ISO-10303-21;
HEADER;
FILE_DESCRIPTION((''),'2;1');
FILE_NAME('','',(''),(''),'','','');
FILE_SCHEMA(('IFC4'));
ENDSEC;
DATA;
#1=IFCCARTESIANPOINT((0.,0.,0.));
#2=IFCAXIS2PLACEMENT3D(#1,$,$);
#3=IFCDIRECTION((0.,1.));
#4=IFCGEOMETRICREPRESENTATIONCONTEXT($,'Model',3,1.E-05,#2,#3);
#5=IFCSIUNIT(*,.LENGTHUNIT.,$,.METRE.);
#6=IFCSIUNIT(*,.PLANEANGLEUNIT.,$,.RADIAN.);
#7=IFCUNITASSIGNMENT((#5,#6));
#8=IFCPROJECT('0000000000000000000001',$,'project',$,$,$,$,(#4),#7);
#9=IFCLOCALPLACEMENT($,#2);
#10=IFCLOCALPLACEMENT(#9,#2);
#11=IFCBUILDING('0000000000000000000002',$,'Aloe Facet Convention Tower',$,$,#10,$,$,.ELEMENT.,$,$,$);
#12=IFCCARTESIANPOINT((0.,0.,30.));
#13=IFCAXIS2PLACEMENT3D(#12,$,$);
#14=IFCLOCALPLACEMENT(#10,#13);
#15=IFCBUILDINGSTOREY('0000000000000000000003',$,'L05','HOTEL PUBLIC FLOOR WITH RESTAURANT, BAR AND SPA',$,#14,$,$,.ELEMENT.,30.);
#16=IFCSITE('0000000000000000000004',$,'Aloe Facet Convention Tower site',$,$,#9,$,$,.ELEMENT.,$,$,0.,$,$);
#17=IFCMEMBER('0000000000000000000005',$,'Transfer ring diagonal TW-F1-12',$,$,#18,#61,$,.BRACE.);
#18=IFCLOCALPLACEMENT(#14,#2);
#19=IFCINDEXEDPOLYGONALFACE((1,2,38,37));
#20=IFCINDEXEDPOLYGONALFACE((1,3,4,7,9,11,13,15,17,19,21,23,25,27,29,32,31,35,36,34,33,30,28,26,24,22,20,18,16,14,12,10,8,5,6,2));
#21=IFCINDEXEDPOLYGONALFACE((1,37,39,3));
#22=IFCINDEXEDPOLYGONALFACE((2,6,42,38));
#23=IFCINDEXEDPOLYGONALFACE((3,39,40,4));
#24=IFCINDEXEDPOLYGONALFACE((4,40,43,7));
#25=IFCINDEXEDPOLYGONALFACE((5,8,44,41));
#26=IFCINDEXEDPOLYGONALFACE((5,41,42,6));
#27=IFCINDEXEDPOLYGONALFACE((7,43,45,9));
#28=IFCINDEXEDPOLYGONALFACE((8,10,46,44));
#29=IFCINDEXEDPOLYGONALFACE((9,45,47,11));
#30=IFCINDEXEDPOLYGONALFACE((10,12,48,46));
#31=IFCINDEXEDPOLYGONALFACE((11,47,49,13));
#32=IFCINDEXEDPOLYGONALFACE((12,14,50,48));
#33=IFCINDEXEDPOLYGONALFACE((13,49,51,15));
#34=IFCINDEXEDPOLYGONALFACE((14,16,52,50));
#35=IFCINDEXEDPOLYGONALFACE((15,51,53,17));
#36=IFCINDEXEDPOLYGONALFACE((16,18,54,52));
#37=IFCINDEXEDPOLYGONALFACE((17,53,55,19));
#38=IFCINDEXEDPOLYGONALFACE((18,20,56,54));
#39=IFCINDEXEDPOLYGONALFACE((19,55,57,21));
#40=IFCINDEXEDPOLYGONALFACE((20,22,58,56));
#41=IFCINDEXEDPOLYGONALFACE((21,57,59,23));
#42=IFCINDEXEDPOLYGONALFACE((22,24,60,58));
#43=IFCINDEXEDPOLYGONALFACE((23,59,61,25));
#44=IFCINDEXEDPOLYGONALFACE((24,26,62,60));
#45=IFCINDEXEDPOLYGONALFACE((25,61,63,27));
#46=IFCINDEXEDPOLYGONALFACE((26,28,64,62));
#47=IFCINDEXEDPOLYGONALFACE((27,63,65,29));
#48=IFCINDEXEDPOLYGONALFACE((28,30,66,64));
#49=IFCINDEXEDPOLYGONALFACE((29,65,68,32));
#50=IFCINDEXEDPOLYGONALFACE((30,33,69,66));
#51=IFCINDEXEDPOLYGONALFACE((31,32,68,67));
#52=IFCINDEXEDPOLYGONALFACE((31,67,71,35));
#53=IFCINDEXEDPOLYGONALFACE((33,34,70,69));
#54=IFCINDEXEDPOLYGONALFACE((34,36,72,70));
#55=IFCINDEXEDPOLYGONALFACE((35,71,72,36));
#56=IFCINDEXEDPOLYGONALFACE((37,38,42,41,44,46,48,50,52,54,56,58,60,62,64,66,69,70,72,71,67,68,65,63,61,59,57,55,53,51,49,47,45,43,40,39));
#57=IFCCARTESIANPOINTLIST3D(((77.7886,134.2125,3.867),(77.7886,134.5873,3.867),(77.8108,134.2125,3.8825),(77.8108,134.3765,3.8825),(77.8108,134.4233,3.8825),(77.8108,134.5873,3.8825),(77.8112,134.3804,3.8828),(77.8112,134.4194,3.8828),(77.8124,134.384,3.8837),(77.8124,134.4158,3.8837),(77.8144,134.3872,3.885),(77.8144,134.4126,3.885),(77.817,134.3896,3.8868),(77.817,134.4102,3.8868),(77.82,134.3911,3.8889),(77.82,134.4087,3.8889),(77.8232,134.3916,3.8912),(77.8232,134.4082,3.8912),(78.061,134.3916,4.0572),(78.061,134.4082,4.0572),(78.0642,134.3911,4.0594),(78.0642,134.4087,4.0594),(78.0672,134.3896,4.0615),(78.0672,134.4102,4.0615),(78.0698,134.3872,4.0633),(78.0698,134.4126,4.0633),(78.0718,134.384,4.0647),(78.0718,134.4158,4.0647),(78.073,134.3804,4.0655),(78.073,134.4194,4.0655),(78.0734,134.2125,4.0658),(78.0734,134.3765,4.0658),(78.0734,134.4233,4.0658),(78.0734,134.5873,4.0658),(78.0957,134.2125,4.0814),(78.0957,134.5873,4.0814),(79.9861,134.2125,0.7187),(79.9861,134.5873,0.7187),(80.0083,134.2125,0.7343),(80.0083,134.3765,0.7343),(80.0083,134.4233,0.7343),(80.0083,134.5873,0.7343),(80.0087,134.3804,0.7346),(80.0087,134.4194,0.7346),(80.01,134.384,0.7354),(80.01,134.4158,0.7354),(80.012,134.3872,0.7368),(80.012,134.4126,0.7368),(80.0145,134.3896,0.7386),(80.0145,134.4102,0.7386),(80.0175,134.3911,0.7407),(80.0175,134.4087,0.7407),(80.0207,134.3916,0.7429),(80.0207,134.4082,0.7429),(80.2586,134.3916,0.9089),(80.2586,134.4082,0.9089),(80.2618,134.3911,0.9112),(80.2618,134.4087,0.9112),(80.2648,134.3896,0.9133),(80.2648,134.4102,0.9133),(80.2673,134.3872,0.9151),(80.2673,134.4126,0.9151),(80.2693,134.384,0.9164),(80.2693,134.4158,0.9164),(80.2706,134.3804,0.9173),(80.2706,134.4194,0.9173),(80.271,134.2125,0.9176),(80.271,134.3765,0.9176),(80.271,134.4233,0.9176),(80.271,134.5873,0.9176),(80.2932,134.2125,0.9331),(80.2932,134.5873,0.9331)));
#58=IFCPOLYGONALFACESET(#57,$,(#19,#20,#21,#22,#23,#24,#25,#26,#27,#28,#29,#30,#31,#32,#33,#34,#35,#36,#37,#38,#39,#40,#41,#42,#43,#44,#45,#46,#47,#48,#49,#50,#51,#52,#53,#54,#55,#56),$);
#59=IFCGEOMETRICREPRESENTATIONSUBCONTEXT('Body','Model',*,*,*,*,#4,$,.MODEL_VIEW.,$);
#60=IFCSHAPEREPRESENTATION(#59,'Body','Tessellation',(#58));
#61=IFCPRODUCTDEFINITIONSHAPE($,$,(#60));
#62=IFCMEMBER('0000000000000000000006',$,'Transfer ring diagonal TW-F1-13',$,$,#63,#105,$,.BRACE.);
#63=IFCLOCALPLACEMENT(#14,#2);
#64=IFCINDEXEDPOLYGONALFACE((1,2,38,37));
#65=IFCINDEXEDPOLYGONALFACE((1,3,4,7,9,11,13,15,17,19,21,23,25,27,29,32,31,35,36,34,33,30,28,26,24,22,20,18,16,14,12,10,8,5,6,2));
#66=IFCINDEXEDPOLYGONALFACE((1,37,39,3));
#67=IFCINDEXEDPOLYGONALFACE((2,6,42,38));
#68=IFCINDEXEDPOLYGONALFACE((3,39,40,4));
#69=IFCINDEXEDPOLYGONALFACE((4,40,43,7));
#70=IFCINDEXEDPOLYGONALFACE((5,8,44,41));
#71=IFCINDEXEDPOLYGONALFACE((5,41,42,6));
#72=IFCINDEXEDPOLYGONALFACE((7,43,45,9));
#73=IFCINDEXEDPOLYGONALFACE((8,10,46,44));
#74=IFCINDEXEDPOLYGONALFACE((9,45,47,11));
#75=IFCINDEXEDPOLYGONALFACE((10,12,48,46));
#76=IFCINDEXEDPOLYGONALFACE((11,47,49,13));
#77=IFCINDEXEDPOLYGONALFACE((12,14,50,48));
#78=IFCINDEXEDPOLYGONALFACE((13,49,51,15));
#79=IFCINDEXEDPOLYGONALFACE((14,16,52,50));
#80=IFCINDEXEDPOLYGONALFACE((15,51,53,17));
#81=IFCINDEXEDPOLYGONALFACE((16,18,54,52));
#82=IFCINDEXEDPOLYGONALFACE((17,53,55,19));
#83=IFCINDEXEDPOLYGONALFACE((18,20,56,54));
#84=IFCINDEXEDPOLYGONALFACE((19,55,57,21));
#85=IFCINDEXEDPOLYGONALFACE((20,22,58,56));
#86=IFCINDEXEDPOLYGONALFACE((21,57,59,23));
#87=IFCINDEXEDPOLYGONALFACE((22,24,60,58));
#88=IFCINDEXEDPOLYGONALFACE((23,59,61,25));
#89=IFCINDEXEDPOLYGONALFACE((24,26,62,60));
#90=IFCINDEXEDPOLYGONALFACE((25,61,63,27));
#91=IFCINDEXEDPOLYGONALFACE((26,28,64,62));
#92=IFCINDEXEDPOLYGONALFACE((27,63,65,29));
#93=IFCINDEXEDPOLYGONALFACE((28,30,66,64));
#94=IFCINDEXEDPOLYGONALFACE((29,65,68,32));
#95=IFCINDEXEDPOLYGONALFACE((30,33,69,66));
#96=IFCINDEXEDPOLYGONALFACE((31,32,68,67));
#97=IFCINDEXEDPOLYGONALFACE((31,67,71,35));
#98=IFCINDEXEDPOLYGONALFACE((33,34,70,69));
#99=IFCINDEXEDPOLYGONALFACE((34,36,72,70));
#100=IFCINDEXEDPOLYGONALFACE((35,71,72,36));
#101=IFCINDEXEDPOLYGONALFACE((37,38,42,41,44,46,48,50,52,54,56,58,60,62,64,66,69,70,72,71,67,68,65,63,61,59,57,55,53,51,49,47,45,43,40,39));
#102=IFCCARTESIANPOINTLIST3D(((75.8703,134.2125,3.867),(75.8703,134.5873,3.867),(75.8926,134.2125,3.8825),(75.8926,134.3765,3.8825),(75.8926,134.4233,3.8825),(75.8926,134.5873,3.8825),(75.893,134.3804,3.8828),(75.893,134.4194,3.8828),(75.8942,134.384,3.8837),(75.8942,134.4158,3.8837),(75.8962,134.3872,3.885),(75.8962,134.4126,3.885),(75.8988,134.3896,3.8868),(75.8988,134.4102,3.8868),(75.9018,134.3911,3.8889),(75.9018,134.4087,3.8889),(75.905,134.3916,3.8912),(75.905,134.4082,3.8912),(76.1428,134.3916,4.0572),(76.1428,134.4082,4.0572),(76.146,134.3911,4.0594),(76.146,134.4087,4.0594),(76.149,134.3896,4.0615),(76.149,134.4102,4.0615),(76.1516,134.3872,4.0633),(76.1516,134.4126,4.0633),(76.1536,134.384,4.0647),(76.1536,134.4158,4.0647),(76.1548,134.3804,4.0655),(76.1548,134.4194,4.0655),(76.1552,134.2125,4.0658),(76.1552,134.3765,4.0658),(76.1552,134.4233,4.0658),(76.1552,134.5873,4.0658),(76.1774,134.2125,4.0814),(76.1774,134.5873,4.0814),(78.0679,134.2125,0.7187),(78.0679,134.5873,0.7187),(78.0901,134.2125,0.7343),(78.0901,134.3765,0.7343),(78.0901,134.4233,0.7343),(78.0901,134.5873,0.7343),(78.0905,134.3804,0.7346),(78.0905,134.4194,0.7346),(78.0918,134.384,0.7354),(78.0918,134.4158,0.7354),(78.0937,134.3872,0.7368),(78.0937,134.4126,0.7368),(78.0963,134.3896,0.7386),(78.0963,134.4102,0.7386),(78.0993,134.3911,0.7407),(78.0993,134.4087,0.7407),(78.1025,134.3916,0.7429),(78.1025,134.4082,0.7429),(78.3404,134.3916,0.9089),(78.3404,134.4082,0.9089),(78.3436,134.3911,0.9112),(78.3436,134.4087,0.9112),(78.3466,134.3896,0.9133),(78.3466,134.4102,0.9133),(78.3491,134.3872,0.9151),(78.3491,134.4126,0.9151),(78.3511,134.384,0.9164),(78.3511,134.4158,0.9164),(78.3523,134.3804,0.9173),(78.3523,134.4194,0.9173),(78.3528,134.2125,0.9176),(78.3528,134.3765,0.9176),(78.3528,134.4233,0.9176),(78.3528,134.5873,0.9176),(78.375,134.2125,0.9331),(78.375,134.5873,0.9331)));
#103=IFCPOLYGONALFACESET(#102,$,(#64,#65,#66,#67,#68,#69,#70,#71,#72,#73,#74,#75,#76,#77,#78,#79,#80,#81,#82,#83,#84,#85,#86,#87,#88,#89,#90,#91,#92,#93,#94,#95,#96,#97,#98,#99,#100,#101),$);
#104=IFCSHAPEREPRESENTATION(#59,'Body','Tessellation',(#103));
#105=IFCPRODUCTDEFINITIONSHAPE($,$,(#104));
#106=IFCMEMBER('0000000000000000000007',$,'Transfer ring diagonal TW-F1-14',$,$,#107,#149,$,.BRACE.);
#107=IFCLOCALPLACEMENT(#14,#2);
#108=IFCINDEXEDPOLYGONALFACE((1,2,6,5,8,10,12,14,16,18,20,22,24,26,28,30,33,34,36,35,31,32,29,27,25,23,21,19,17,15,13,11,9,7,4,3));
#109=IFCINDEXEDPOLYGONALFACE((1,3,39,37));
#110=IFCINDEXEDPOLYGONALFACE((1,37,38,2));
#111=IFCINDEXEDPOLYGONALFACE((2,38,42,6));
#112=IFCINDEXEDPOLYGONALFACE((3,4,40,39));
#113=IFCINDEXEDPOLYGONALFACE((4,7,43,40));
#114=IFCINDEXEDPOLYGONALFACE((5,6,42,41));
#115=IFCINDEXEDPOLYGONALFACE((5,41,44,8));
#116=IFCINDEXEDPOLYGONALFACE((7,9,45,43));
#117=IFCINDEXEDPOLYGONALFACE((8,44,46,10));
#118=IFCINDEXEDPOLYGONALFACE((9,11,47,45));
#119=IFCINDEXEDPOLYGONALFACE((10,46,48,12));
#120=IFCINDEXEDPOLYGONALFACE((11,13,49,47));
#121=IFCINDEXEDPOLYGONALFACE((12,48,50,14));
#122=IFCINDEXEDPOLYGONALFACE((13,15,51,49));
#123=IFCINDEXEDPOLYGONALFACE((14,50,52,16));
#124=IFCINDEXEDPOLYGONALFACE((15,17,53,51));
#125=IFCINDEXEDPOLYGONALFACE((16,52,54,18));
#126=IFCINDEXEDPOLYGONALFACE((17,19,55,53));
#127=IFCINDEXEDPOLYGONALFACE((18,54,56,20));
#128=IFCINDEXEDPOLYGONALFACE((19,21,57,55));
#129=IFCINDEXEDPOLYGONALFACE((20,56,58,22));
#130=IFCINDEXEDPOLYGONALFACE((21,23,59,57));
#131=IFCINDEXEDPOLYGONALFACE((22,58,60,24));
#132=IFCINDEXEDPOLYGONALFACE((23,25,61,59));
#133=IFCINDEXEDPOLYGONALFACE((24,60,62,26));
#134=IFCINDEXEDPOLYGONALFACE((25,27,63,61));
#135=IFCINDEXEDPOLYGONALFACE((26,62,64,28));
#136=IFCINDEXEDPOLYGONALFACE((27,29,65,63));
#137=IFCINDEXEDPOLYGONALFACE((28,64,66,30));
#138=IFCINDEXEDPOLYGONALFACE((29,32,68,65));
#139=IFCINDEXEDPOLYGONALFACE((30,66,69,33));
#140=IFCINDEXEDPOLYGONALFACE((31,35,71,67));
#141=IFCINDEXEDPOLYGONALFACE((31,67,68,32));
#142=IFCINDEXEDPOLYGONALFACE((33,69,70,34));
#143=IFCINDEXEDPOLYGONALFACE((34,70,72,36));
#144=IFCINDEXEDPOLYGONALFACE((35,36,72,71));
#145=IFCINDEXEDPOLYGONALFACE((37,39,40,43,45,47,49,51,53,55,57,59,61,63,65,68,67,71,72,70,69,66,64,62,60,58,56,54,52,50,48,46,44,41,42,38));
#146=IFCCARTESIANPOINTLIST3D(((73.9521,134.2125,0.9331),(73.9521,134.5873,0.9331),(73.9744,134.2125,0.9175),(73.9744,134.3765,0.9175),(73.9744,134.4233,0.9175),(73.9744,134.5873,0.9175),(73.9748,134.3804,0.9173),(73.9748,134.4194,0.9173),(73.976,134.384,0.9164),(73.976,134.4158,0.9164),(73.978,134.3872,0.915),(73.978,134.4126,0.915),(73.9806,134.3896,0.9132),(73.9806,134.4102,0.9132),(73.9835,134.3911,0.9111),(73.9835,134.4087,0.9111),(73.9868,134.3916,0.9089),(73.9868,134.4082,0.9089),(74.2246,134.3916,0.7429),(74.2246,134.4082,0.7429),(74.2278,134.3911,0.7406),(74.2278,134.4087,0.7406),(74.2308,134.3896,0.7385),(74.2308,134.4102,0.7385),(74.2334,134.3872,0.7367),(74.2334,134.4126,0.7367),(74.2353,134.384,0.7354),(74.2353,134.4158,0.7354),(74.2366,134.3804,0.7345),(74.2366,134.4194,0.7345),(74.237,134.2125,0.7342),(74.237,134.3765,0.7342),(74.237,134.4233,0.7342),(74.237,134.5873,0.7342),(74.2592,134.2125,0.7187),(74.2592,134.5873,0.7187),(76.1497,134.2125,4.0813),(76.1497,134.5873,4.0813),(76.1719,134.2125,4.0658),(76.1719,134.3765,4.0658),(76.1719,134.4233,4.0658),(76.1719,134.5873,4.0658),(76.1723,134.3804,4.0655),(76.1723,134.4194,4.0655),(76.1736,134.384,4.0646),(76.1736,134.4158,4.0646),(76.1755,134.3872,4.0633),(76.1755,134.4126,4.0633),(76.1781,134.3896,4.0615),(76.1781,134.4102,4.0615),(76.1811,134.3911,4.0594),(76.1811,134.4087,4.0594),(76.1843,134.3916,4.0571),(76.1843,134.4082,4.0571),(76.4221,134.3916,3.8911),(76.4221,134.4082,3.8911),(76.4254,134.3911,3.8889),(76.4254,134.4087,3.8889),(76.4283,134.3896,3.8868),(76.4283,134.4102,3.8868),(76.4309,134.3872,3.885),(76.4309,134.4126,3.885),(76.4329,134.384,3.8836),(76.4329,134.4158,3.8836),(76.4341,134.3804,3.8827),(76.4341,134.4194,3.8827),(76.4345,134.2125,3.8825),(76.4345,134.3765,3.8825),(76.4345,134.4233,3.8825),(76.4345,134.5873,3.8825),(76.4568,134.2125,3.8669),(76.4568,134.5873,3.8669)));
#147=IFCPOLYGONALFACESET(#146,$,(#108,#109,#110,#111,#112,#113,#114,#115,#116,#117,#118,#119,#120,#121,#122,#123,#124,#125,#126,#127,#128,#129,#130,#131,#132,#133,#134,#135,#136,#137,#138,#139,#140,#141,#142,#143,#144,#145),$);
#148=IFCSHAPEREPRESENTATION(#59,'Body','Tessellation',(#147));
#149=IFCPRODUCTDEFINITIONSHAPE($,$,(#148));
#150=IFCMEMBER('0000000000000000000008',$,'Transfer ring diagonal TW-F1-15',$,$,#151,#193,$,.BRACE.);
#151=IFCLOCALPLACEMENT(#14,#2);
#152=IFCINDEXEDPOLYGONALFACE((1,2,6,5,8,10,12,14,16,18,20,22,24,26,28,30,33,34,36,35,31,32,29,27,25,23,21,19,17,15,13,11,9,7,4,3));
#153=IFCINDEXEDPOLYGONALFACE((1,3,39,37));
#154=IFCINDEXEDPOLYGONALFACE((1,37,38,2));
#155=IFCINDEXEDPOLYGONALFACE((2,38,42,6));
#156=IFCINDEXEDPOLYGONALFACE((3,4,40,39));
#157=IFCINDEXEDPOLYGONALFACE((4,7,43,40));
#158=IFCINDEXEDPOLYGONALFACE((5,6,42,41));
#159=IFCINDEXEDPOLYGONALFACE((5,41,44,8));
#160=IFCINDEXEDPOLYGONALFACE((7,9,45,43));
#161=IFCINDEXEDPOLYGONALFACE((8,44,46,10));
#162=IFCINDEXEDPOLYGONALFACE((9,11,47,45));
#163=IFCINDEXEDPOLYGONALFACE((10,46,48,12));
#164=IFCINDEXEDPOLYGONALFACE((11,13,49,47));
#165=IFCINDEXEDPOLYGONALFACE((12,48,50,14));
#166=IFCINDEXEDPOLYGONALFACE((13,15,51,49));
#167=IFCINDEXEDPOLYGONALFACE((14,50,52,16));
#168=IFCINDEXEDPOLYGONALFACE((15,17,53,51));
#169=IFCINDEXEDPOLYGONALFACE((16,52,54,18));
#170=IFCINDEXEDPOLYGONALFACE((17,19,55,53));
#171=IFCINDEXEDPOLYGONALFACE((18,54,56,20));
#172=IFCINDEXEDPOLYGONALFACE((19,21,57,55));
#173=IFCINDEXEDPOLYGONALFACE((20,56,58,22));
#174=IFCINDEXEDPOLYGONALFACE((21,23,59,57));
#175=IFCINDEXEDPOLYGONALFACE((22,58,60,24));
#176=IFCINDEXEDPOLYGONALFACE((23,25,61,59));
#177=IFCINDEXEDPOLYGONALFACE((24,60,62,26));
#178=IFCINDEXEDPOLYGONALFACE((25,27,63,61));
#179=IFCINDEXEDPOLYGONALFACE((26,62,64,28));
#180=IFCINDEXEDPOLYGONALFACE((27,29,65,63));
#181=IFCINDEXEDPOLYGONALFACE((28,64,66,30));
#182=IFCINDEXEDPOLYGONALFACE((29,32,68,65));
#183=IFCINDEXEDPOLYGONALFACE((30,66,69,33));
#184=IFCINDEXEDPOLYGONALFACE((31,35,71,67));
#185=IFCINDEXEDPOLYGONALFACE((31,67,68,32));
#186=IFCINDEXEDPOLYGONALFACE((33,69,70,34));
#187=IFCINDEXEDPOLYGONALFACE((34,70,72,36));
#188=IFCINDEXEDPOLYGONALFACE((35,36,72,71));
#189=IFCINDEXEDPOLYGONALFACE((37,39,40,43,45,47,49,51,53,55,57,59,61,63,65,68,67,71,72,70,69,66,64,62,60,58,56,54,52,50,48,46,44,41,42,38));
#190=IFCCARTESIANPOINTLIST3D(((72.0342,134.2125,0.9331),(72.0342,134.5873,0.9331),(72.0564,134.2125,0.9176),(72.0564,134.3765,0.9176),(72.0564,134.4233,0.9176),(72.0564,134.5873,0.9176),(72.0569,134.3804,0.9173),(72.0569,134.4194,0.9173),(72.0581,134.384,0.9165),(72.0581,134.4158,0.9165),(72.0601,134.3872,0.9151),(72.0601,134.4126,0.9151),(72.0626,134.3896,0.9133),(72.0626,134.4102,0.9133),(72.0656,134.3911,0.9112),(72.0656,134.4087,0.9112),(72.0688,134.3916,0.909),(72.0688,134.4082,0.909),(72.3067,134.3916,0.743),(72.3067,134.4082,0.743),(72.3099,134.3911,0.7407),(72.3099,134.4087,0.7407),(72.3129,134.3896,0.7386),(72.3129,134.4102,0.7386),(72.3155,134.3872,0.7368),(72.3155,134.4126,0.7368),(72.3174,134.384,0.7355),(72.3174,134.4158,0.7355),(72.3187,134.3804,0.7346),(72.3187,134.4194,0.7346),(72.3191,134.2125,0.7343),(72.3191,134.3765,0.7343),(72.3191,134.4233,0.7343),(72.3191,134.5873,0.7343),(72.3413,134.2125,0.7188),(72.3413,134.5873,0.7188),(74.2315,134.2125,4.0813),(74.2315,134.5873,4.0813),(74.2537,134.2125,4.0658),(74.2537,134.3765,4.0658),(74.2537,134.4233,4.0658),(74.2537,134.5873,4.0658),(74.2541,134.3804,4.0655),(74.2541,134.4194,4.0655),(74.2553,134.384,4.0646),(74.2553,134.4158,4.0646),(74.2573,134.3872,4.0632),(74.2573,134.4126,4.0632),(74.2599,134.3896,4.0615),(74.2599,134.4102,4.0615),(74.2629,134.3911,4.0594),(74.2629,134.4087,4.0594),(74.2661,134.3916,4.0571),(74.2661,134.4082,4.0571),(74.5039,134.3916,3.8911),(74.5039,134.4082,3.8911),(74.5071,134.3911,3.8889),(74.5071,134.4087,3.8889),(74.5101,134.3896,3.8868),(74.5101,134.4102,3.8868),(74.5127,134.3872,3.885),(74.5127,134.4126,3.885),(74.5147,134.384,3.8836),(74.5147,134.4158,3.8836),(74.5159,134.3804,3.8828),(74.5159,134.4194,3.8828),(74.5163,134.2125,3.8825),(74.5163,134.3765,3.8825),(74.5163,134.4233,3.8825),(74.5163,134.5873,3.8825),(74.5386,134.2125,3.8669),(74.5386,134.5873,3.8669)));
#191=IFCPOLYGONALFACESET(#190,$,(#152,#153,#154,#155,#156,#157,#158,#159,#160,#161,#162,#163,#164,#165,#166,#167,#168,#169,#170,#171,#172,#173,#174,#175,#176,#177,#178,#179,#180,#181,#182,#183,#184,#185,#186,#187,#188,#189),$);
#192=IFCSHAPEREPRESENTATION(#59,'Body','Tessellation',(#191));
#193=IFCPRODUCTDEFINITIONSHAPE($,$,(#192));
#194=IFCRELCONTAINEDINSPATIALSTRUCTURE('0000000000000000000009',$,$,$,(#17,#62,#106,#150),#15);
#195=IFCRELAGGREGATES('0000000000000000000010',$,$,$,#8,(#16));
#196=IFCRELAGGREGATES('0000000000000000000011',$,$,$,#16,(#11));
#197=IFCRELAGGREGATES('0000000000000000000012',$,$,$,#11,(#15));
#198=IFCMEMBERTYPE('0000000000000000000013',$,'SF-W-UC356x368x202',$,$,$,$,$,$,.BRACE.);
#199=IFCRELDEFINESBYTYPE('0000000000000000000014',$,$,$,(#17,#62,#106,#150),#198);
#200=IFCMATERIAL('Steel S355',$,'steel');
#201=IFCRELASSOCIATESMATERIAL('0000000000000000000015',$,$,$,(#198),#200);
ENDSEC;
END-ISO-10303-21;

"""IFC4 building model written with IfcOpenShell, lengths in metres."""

from ifc_helpers import new_model, si_unit, direction, frame, origin, origin_2d, place, context, subcontext, project, spatial, i_section, extrude, material, material_profile, profile_set, type_object, element, save


model = new_model("IFC4")

# Units and contexts
model_context = context("Model", 3, precision=1e-05, world=origin(), true_north=direction((0.0, 1.0)))
body_context = subcontext(model_context, "Body", "Model", "MODEL_VIEW")
ifc_project = project(units=[si_unit("LENGTHUNIT", "METRE"), si_unit("PLANEANGLEUNIT", "RADIAN")], contexts=[model_context])

# Site, building, storey
site_placement = place(None, origin())
site = spatial("IfcSite", under=ifc_project, at=site_placement, Name="Aloe Facet Convention Tower site", CompositionType="ELEMENT", RefElevation=0.0)
building_placement = place(site_placement, origin())
building = spatial("IfcBuilding", under=site, at=building_placement, Name="Aloe Facet Convention Tower", CompositionType="ELEMENT")
storey_placement = place(building_placement, frame((0.0, 0.0, 30.0)))
storey = spatial("IfcBuildingStorey", under=building, at=storey_placement, Name="L05", Description="HOTEL PUBLIC FLOOR WITH RESTAURANT, BAR AND SPA", CompositionType="ELEMENT", Elevation=30.0)

# Members
ifc_material_1 = material(Name="Steel S355", Category="steel")
ifc_material_profile = material_profile(ifc_material_1, i_section(OverallWidth=0.3748, OverallDepth=0.3745, WebThickness=0.0166, FlangeThickness=0.0271, FilletRadius=0.0151, at=origin_2d()), Name="UC 356x368x202")
ifc_profile_set = profile_set([ifc_material_profile], Name="Steel S355")
member_type = type_object("IfcMemberType", Name="SF-W-UC356x368x202", PredefinedType="BRACE", material=ifc_profile_set)
for number, where, z_axis, x_axis, name in (
    (1, (80.1396, 134.3999, 0.8259), (-0.572374, 0.0, 0.819993), (0.0, -1.0, 0.0), "Transfer ring diagonal TW-F1-12"),
    (2, (78.2214, 134.3999, 0.8259), (-0.572374, 0.0, 0.819993), (0.0, -1.0, 0.0), "Transfer ring diagonal TW-F1-13"),
    (3, (76.3032, 134.3999, 3.9741), (-0.572374, 0.0, -0.819993), (0.0, -1.0, 0.0), "Transfer ring diagonal TW-F1-14"),
):
    element("IfcMember", number, at=place(storey_placement, frame(where, z_axis=z_axis, x_axis=x_axis)), inside=storey, type_object=member_type, Name=name, PredefinedType="BRACE", context=body_context, shape_type="SweptSolid", body=[
        extrude(i_section(OverallWidth=0.3748, OverallDepth=0.3745, WebThickness=0.0166, FlangeThickness=0.0271, FilletRadius=0.0151, at=origin_2d()), origin(), (0.0, 0.0, 1.0), 3.8394),
    ])
for number, where, z_axis, x_axis, name in (
    (4, (74.385, 134.3999, 3.9741), (-0.572331, 0.0, -0.820023), (0.0, -1.0, 0.0), "Transfer ring diagonal TW-F1-15"),
):
    element("IfcMember", number, at=place(storey_placement, frame(where, z_axis=z_axis, x_axis=x_axis)), inside=storey, type_object=member_type, Name=name, PredefinedType="BRACE", context=body_context, shape_type="SweptSolid", body=[
        extrude(i_section(OverallWidth=0.3748, OverallDepth=0.3745, WebThickness=0.0166, FlangeThickness=0.0271, FilletRadius=0.0151, at=origin_2d()), origin(), (0.0, 0.0, 1.0), 3.8391),
    ])

save(model, "model.ifc")
